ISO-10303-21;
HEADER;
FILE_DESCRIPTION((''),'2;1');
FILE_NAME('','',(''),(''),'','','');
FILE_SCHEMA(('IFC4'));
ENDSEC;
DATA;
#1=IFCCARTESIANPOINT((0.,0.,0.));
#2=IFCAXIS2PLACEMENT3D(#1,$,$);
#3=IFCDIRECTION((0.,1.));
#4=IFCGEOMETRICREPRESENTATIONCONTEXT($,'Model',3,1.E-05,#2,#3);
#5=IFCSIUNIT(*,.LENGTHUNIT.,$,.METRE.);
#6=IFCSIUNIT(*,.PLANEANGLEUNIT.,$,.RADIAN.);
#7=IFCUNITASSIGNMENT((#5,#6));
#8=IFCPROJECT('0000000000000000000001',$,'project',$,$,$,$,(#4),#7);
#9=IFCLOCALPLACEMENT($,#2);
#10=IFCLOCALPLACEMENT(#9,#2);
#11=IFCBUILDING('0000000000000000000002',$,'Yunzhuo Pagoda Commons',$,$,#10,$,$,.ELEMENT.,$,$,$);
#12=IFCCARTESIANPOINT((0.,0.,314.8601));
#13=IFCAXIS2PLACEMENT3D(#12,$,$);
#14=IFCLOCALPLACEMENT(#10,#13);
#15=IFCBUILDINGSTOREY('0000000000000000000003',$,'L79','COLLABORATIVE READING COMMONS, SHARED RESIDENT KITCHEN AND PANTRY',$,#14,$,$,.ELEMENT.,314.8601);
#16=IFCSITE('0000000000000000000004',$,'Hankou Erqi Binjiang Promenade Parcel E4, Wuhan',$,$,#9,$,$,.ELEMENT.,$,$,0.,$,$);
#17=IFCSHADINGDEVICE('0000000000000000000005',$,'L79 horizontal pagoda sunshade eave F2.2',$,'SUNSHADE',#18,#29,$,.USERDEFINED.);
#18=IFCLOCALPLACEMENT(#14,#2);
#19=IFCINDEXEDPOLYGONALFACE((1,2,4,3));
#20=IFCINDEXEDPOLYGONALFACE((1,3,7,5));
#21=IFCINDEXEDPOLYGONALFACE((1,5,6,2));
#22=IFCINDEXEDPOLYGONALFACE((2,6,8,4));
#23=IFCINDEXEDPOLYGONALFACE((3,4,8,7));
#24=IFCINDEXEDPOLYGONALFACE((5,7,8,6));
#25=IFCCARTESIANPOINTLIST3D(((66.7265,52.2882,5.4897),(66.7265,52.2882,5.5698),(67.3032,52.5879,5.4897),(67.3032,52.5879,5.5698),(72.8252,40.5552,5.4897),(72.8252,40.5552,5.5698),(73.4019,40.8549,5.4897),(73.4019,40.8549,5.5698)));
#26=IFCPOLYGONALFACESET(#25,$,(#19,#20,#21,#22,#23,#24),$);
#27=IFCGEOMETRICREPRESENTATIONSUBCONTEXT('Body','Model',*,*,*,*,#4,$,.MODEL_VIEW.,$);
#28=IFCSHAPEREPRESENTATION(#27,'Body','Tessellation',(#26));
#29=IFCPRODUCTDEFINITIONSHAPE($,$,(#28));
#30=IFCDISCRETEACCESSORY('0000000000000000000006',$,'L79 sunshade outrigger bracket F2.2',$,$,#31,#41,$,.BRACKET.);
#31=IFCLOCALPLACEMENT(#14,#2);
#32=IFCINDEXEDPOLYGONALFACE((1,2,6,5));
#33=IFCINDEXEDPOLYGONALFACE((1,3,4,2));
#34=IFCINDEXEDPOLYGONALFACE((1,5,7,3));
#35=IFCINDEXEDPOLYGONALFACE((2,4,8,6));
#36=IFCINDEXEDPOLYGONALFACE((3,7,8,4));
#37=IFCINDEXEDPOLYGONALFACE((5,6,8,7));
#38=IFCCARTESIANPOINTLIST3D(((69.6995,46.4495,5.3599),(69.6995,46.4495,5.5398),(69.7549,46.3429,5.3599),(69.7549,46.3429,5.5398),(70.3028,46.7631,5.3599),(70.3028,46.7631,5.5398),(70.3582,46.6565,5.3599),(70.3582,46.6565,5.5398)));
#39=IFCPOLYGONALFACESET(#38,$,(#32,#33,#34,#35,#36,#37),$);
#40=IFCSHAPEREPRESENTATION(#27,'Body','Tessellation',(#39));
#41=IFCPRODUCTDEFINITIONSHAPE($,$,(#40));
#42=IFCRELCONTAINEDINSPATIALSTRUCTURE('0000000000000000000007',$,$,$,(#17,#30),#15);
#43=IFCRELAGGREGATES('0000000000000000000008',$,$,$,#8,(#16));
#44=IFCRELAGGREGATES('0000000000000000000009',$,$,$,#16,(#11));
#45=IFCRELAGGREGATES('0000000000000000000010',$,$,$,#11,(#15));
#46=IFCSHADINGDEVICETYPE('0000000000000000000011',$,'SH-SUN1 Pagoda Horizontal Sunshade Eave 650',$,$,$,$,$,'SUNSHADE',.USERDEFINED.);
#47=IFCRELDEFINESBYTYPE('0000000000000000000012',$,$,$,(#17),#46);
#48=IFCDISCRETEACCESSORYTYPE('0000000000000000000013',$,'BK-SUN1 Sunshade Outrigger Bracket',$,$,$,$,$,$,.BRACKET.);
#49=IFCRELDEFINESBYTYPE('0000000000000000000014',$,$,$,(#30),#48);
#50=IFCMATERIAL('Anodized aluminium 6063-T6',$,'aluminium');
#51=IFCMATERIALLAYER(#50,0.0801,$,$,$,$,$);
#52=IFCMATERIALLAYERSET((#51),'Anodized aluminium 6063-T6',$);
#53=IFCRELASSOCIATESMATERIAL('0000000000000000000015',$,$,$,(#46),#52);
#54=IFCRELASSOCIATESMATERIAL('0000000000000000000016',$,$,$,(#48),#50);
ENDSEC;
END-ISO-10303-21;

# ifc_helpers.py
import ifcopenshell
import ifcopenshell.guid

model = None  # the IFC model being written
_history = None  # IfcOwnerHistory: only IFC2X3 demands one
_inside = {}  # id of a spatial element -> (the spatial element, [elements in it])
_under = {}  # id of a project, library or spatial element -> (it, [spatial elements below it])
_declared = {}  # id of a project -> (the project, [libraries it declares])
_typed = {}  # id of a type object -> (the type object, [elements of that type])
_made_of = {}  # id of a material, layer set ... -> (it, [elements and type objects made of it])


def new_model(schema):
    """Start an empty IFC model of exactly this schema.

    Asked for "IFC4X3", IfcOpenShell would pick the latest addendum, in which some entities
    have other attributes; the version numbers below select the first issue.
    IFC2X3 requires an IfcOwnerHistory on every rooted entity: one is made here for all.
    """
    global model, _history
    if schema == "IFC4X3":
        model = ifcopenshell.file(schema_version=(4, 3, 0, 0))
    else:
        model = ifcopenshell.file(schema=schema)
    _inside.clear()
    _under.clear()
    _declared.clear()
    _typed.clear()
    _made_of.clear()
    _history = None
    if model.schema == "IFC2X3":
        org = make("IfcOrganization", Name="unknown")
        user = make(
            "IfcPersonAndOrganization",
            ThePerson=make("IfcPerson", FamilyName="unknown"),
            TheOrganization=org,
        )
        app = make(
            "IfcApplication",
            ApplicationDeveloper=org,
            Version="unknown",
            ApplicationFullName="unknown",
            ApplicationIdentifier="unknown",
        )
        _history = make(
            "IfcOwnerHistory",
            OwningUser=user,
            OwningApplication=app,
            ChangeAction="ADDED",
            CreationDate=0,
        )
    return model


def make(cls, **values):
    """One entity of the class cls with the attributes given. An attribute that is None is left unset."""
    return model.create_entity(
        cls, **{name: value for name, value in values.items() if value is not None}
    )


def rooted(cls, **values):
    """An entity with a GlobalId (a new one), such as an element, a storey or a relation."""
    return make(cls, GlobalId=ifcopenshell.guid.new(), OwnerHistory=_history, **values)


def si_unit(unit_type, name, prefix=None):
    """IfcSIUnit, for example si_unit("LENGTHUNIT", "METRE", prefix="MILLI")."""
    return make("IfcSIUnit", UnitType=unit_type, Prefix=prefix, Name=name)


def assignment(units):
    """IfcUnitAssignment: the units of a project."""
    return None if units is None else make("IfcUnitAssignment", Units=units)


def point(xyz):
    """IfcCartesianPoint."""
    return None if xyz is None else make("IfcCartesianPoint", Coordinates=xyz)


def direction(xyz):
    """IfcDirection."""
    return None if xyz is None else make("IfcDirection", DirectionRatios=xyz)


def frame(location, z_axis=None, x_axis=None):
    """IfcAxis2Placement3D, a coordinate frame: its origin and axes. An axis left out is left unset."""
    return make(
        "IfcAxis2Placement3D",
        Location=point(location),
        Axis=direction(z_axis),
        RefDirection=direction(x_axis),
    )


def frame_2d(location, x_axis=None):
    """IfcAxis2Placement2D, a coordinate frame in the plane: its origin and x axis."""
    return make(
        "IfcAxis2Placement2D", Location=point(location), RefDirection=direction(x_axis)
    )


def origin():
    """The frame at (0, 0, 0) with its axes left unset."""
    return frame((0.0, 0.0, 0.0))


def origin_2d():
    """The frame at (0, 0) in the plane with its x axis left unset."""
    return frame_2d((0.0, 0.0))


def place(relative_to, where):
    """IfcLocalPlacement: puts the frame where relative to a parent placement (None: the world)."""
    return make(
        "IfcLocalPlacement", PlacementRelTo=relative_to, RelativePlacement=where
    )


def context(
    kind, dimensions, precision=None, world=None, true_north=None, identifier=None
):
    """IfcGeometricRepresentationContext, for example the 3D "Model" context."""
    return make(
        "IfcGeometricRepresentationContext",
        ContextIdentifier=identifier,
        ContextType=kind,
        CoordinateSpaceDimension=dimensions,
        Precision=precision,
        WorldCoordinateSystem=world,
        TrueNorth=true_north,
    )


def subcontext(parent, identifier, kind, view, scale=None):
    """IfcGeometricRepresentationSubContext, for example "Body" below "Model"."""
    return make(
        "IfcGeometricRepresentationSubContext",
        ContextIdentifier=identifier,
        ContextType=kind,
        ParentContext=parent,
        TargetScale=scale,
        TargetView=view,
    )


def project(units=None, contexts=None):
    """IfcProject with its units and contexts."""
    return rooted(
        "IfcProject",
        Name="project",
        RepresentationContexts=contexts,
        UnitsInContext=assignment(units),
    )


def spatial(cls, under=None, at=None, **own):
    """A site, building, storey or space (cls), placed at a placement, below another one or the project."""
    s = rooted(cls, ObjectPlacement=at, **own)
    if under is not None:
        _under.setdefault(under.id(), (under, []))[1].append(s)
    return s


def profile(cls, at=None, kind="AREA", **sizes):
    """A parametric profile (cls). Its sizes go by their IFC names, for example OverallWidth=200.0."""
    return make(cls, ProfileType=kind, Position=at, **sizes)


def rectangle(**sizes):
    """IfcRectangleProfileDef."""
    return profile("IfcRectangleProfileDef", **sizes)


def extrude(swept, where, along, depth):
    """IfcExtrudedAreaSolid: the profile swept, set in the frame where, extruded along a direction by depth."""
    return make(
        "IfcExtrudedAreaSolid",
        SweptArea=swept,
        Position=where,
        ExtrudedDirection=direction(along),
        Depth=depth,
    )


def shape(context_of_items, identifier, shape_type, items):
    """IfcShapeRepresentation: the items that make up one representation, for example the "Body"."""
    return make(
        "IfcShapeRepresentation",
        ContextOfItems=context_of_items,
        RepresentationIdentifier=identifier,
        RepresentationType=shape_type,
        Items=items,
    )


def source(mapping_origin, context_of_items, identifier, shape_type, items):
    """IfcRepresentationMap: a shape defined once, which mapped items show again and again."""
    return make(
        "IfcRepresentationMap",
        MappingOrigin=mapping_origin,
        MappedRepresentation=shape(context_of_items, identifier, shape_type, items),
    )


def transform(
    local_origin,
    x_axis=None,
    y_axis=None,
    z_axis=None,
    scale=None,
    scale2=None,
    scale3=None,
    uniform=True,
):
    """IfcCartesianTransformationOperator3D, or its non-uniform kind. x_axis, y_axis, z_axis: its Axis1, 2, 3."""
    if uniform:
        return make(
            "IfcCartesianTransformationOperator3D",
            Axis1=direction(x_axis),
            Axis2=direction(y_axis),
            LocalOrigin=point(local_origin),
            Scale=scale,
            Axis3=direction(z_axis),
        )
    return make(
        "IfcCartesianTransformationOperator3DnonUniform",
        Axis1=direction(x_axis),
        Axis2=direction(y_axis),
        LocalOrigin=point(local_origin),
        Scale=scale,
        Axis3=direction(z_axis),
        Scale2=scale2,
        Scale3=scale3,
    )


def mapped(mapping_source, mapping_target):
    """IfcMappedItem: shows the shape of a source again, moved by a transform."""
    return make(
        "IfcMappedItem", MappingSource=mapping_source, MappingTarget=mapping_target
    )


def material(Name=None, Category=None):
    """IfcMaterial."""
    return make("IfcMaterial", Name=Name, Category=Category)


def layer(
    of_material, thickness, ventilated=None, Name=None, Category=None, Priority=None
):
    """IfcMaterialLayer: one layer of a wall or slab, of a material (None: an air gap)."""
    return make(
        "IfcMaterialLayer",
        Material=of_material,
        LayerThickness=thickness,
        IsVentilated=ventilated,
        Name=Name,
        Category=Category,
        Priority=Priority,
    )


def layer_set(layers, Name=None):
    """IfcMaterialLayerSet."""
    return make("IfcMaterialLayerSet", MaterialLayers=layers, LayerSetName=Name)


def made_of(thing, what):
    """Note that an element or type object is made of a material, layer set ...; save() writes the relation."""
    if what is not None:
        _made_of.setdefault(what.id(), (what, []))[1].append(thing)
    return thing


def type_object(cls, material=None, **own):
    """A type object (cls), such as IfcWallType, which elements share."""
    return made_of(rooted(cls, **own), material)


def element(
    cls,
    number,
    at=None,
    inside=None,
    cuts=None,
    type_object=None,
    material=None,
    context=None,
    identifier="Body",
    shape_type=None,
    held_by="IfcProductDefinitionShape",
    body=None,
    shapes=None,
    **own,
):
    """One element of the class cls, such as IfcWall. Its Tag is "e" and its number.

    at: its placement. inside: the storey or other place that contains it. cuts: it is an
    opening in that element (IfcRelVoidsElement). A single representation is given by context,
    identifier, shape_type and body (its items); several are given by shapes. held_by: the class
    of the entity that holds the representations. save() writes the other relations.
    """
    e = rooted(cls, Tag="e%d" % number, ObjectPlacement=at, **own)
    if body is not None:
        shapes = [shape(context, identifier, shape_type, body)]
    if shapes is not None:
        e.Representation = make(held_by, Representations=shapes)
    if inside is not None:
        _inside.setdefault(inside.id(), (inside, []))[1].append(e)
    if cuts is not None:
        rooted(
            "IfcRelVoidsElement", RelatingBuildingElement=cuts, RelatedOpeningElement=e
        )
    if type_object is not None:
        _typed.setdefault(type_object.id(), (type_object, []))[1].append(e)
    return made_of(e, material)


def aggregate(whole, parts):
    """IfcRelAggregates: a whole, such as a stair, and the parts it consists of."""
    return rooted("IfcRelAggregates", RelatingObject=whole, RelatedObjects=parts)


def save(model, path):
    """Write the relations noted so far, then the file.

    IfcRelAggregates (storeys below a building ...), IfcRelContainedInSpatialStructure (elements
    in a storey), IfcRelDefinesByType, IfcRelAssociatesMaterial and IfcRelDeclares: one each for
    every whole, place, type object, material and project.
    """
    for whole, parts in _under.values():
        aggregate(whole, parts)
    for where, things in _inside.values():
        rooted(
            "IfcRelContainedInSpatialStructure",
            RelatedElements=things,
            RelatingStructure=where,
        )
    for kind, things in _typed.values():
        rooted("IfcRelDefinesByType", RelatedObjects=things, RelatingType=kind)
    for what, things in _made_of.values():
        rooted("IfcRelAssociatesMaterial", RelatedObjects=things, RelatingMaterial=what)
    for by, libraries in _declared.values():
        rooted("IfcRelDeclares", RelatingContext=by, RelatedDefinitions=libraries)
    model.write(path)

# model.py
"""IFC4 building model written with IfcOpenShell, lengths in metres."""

from ifc_helpers import new_model, si_unit, direction, frame, origin, origin_2d, place, context, subcontext, project, spatial, rectangle, extrude, source, transform, mapped, material, layer, layer_set, type_object, element, save


model = new_model("IFC4")

# Units and contexts
model_context = context("Model", 3, precision=1e-05, world=origin(), true_north=direction((0.0, 1.0)))
body_context = subcontext(model_context, "Body", "Model", "MODEL_VIEW")
ifc_project = project(units=[si_unit("LENGTHUNIT", "METRE"), si_unit("PLANEANGLEUNIT", "RADIAN")], contexts=[model_context])

# Site, building, storey
site_placement = place(None, origin())
site = spatial("IfcSite", under=ifc_project, at=site_placement, Name="Hankou Erqi Binjiang Promenade Parcel E4, Wuhan", CompositionType="ELEMENT", RefElevation=0.0)
building_placement = place(site_placement, origin())
building = spatial("IfcBuilding", under=site, at=building_placement, Name="Yunzhuo Pagoda Commons", CompositionType="ELEMENT")
storey_placement = place(building_placement, frame((0.0, 0.0, 314.8601)))
storey = spatial("IfcBuildingStorey", under=building, at=storey_placement, Name="L79", Description="COLLABORATIVE READING COMMONS, SHARED RESIDENT KITCHEN AND PANTRY", CompositionType="ELEMENT", Elevation=314.8601)

# Shared definitions
ifc_material_1 = material(Name="Anodized aluminium 6063-T6", Category="aluminium")

# Shading device
ifc_layer_1 = layer(ifc_material_1, 0.0801)
ifc_layer_set_1 = layer_set([ifc_layer_1], Name="Anodized aluminium 6063-T6")
shading_device_type = type_object("IfcShadingDeviceType", Name="SH-SUN1 Pagoda Horizontal Sunshade Eave 650", ElementType="SUNSHADE", PredefinedType="USERDEFINED", material=ifc_layer_set_1)
shared_shape_1 = source(origin(), body_context, "Body", "SweptSolid", [
    extrude(rectangle(XDim=13.2234, YDim=0.6499, at=origin_2d()), origin(), (0.0, 0.0, 1.0), 0.0801),
])
shading_device_placement = place(storey_placement, frame((70.0642, 46.5715, 5.4897), z_axis=(0.0, 0.0, 1.0), x_axis=(-0.461207, 0.887293, 0.0)))
element("IfcShadingDevice", 1, at=shading_device_placement, inside=storey, type_object=shading_device_type, Name="L79 horizontal pagoda sunshade eave F2.2", ObjectType="SUNSHADE", PredefinedType="USERDEFINED", context=body_context, shape_type="MappedRepresentation", body=[
    mapped(shared_shape_1, transform((0.0, 0.0, 0.0), scale=1.0)),
])

# Discrete accessory
discrete_accessory_type = type_object("IfcDiscreteAccessoryType", Name="BK-SUN1 Sunshade Outrigger Bracket", PredefinedType="BRACKET", material=ifc_material_1)
shared_shape_2 = source(origin(), body_context, "Body", "SweptSolid", [
    extrude(rectangle(XDim=0.1201, YDim=0.6799, at=origin_2d()), origin(), (0.0, 0.0, 1.0), 0.1799),
])
discrete_accessory_placement = place(storey_placement, frame((70.0288, 46.553, 5.3599), z_axis=(0.0, 0.0, 1.0), x_axis=(-0.461207, 0.887293, 0.0)))
element("IfcDiscreteAccessory", 2, at=discrete_accessory_placement, inside=storey, type_object=discrete_accessory_type, Name="L79 sunshade outrigger bracket F2.2", PredefinedType="BRACKET", context=body_context, shape_type="MappedRepresentation", body=[
    mapped(shared_shape_2, transform((0.0, 0.0, 0.0), scale=1.0)),
])

save(model, "model.ifc")
